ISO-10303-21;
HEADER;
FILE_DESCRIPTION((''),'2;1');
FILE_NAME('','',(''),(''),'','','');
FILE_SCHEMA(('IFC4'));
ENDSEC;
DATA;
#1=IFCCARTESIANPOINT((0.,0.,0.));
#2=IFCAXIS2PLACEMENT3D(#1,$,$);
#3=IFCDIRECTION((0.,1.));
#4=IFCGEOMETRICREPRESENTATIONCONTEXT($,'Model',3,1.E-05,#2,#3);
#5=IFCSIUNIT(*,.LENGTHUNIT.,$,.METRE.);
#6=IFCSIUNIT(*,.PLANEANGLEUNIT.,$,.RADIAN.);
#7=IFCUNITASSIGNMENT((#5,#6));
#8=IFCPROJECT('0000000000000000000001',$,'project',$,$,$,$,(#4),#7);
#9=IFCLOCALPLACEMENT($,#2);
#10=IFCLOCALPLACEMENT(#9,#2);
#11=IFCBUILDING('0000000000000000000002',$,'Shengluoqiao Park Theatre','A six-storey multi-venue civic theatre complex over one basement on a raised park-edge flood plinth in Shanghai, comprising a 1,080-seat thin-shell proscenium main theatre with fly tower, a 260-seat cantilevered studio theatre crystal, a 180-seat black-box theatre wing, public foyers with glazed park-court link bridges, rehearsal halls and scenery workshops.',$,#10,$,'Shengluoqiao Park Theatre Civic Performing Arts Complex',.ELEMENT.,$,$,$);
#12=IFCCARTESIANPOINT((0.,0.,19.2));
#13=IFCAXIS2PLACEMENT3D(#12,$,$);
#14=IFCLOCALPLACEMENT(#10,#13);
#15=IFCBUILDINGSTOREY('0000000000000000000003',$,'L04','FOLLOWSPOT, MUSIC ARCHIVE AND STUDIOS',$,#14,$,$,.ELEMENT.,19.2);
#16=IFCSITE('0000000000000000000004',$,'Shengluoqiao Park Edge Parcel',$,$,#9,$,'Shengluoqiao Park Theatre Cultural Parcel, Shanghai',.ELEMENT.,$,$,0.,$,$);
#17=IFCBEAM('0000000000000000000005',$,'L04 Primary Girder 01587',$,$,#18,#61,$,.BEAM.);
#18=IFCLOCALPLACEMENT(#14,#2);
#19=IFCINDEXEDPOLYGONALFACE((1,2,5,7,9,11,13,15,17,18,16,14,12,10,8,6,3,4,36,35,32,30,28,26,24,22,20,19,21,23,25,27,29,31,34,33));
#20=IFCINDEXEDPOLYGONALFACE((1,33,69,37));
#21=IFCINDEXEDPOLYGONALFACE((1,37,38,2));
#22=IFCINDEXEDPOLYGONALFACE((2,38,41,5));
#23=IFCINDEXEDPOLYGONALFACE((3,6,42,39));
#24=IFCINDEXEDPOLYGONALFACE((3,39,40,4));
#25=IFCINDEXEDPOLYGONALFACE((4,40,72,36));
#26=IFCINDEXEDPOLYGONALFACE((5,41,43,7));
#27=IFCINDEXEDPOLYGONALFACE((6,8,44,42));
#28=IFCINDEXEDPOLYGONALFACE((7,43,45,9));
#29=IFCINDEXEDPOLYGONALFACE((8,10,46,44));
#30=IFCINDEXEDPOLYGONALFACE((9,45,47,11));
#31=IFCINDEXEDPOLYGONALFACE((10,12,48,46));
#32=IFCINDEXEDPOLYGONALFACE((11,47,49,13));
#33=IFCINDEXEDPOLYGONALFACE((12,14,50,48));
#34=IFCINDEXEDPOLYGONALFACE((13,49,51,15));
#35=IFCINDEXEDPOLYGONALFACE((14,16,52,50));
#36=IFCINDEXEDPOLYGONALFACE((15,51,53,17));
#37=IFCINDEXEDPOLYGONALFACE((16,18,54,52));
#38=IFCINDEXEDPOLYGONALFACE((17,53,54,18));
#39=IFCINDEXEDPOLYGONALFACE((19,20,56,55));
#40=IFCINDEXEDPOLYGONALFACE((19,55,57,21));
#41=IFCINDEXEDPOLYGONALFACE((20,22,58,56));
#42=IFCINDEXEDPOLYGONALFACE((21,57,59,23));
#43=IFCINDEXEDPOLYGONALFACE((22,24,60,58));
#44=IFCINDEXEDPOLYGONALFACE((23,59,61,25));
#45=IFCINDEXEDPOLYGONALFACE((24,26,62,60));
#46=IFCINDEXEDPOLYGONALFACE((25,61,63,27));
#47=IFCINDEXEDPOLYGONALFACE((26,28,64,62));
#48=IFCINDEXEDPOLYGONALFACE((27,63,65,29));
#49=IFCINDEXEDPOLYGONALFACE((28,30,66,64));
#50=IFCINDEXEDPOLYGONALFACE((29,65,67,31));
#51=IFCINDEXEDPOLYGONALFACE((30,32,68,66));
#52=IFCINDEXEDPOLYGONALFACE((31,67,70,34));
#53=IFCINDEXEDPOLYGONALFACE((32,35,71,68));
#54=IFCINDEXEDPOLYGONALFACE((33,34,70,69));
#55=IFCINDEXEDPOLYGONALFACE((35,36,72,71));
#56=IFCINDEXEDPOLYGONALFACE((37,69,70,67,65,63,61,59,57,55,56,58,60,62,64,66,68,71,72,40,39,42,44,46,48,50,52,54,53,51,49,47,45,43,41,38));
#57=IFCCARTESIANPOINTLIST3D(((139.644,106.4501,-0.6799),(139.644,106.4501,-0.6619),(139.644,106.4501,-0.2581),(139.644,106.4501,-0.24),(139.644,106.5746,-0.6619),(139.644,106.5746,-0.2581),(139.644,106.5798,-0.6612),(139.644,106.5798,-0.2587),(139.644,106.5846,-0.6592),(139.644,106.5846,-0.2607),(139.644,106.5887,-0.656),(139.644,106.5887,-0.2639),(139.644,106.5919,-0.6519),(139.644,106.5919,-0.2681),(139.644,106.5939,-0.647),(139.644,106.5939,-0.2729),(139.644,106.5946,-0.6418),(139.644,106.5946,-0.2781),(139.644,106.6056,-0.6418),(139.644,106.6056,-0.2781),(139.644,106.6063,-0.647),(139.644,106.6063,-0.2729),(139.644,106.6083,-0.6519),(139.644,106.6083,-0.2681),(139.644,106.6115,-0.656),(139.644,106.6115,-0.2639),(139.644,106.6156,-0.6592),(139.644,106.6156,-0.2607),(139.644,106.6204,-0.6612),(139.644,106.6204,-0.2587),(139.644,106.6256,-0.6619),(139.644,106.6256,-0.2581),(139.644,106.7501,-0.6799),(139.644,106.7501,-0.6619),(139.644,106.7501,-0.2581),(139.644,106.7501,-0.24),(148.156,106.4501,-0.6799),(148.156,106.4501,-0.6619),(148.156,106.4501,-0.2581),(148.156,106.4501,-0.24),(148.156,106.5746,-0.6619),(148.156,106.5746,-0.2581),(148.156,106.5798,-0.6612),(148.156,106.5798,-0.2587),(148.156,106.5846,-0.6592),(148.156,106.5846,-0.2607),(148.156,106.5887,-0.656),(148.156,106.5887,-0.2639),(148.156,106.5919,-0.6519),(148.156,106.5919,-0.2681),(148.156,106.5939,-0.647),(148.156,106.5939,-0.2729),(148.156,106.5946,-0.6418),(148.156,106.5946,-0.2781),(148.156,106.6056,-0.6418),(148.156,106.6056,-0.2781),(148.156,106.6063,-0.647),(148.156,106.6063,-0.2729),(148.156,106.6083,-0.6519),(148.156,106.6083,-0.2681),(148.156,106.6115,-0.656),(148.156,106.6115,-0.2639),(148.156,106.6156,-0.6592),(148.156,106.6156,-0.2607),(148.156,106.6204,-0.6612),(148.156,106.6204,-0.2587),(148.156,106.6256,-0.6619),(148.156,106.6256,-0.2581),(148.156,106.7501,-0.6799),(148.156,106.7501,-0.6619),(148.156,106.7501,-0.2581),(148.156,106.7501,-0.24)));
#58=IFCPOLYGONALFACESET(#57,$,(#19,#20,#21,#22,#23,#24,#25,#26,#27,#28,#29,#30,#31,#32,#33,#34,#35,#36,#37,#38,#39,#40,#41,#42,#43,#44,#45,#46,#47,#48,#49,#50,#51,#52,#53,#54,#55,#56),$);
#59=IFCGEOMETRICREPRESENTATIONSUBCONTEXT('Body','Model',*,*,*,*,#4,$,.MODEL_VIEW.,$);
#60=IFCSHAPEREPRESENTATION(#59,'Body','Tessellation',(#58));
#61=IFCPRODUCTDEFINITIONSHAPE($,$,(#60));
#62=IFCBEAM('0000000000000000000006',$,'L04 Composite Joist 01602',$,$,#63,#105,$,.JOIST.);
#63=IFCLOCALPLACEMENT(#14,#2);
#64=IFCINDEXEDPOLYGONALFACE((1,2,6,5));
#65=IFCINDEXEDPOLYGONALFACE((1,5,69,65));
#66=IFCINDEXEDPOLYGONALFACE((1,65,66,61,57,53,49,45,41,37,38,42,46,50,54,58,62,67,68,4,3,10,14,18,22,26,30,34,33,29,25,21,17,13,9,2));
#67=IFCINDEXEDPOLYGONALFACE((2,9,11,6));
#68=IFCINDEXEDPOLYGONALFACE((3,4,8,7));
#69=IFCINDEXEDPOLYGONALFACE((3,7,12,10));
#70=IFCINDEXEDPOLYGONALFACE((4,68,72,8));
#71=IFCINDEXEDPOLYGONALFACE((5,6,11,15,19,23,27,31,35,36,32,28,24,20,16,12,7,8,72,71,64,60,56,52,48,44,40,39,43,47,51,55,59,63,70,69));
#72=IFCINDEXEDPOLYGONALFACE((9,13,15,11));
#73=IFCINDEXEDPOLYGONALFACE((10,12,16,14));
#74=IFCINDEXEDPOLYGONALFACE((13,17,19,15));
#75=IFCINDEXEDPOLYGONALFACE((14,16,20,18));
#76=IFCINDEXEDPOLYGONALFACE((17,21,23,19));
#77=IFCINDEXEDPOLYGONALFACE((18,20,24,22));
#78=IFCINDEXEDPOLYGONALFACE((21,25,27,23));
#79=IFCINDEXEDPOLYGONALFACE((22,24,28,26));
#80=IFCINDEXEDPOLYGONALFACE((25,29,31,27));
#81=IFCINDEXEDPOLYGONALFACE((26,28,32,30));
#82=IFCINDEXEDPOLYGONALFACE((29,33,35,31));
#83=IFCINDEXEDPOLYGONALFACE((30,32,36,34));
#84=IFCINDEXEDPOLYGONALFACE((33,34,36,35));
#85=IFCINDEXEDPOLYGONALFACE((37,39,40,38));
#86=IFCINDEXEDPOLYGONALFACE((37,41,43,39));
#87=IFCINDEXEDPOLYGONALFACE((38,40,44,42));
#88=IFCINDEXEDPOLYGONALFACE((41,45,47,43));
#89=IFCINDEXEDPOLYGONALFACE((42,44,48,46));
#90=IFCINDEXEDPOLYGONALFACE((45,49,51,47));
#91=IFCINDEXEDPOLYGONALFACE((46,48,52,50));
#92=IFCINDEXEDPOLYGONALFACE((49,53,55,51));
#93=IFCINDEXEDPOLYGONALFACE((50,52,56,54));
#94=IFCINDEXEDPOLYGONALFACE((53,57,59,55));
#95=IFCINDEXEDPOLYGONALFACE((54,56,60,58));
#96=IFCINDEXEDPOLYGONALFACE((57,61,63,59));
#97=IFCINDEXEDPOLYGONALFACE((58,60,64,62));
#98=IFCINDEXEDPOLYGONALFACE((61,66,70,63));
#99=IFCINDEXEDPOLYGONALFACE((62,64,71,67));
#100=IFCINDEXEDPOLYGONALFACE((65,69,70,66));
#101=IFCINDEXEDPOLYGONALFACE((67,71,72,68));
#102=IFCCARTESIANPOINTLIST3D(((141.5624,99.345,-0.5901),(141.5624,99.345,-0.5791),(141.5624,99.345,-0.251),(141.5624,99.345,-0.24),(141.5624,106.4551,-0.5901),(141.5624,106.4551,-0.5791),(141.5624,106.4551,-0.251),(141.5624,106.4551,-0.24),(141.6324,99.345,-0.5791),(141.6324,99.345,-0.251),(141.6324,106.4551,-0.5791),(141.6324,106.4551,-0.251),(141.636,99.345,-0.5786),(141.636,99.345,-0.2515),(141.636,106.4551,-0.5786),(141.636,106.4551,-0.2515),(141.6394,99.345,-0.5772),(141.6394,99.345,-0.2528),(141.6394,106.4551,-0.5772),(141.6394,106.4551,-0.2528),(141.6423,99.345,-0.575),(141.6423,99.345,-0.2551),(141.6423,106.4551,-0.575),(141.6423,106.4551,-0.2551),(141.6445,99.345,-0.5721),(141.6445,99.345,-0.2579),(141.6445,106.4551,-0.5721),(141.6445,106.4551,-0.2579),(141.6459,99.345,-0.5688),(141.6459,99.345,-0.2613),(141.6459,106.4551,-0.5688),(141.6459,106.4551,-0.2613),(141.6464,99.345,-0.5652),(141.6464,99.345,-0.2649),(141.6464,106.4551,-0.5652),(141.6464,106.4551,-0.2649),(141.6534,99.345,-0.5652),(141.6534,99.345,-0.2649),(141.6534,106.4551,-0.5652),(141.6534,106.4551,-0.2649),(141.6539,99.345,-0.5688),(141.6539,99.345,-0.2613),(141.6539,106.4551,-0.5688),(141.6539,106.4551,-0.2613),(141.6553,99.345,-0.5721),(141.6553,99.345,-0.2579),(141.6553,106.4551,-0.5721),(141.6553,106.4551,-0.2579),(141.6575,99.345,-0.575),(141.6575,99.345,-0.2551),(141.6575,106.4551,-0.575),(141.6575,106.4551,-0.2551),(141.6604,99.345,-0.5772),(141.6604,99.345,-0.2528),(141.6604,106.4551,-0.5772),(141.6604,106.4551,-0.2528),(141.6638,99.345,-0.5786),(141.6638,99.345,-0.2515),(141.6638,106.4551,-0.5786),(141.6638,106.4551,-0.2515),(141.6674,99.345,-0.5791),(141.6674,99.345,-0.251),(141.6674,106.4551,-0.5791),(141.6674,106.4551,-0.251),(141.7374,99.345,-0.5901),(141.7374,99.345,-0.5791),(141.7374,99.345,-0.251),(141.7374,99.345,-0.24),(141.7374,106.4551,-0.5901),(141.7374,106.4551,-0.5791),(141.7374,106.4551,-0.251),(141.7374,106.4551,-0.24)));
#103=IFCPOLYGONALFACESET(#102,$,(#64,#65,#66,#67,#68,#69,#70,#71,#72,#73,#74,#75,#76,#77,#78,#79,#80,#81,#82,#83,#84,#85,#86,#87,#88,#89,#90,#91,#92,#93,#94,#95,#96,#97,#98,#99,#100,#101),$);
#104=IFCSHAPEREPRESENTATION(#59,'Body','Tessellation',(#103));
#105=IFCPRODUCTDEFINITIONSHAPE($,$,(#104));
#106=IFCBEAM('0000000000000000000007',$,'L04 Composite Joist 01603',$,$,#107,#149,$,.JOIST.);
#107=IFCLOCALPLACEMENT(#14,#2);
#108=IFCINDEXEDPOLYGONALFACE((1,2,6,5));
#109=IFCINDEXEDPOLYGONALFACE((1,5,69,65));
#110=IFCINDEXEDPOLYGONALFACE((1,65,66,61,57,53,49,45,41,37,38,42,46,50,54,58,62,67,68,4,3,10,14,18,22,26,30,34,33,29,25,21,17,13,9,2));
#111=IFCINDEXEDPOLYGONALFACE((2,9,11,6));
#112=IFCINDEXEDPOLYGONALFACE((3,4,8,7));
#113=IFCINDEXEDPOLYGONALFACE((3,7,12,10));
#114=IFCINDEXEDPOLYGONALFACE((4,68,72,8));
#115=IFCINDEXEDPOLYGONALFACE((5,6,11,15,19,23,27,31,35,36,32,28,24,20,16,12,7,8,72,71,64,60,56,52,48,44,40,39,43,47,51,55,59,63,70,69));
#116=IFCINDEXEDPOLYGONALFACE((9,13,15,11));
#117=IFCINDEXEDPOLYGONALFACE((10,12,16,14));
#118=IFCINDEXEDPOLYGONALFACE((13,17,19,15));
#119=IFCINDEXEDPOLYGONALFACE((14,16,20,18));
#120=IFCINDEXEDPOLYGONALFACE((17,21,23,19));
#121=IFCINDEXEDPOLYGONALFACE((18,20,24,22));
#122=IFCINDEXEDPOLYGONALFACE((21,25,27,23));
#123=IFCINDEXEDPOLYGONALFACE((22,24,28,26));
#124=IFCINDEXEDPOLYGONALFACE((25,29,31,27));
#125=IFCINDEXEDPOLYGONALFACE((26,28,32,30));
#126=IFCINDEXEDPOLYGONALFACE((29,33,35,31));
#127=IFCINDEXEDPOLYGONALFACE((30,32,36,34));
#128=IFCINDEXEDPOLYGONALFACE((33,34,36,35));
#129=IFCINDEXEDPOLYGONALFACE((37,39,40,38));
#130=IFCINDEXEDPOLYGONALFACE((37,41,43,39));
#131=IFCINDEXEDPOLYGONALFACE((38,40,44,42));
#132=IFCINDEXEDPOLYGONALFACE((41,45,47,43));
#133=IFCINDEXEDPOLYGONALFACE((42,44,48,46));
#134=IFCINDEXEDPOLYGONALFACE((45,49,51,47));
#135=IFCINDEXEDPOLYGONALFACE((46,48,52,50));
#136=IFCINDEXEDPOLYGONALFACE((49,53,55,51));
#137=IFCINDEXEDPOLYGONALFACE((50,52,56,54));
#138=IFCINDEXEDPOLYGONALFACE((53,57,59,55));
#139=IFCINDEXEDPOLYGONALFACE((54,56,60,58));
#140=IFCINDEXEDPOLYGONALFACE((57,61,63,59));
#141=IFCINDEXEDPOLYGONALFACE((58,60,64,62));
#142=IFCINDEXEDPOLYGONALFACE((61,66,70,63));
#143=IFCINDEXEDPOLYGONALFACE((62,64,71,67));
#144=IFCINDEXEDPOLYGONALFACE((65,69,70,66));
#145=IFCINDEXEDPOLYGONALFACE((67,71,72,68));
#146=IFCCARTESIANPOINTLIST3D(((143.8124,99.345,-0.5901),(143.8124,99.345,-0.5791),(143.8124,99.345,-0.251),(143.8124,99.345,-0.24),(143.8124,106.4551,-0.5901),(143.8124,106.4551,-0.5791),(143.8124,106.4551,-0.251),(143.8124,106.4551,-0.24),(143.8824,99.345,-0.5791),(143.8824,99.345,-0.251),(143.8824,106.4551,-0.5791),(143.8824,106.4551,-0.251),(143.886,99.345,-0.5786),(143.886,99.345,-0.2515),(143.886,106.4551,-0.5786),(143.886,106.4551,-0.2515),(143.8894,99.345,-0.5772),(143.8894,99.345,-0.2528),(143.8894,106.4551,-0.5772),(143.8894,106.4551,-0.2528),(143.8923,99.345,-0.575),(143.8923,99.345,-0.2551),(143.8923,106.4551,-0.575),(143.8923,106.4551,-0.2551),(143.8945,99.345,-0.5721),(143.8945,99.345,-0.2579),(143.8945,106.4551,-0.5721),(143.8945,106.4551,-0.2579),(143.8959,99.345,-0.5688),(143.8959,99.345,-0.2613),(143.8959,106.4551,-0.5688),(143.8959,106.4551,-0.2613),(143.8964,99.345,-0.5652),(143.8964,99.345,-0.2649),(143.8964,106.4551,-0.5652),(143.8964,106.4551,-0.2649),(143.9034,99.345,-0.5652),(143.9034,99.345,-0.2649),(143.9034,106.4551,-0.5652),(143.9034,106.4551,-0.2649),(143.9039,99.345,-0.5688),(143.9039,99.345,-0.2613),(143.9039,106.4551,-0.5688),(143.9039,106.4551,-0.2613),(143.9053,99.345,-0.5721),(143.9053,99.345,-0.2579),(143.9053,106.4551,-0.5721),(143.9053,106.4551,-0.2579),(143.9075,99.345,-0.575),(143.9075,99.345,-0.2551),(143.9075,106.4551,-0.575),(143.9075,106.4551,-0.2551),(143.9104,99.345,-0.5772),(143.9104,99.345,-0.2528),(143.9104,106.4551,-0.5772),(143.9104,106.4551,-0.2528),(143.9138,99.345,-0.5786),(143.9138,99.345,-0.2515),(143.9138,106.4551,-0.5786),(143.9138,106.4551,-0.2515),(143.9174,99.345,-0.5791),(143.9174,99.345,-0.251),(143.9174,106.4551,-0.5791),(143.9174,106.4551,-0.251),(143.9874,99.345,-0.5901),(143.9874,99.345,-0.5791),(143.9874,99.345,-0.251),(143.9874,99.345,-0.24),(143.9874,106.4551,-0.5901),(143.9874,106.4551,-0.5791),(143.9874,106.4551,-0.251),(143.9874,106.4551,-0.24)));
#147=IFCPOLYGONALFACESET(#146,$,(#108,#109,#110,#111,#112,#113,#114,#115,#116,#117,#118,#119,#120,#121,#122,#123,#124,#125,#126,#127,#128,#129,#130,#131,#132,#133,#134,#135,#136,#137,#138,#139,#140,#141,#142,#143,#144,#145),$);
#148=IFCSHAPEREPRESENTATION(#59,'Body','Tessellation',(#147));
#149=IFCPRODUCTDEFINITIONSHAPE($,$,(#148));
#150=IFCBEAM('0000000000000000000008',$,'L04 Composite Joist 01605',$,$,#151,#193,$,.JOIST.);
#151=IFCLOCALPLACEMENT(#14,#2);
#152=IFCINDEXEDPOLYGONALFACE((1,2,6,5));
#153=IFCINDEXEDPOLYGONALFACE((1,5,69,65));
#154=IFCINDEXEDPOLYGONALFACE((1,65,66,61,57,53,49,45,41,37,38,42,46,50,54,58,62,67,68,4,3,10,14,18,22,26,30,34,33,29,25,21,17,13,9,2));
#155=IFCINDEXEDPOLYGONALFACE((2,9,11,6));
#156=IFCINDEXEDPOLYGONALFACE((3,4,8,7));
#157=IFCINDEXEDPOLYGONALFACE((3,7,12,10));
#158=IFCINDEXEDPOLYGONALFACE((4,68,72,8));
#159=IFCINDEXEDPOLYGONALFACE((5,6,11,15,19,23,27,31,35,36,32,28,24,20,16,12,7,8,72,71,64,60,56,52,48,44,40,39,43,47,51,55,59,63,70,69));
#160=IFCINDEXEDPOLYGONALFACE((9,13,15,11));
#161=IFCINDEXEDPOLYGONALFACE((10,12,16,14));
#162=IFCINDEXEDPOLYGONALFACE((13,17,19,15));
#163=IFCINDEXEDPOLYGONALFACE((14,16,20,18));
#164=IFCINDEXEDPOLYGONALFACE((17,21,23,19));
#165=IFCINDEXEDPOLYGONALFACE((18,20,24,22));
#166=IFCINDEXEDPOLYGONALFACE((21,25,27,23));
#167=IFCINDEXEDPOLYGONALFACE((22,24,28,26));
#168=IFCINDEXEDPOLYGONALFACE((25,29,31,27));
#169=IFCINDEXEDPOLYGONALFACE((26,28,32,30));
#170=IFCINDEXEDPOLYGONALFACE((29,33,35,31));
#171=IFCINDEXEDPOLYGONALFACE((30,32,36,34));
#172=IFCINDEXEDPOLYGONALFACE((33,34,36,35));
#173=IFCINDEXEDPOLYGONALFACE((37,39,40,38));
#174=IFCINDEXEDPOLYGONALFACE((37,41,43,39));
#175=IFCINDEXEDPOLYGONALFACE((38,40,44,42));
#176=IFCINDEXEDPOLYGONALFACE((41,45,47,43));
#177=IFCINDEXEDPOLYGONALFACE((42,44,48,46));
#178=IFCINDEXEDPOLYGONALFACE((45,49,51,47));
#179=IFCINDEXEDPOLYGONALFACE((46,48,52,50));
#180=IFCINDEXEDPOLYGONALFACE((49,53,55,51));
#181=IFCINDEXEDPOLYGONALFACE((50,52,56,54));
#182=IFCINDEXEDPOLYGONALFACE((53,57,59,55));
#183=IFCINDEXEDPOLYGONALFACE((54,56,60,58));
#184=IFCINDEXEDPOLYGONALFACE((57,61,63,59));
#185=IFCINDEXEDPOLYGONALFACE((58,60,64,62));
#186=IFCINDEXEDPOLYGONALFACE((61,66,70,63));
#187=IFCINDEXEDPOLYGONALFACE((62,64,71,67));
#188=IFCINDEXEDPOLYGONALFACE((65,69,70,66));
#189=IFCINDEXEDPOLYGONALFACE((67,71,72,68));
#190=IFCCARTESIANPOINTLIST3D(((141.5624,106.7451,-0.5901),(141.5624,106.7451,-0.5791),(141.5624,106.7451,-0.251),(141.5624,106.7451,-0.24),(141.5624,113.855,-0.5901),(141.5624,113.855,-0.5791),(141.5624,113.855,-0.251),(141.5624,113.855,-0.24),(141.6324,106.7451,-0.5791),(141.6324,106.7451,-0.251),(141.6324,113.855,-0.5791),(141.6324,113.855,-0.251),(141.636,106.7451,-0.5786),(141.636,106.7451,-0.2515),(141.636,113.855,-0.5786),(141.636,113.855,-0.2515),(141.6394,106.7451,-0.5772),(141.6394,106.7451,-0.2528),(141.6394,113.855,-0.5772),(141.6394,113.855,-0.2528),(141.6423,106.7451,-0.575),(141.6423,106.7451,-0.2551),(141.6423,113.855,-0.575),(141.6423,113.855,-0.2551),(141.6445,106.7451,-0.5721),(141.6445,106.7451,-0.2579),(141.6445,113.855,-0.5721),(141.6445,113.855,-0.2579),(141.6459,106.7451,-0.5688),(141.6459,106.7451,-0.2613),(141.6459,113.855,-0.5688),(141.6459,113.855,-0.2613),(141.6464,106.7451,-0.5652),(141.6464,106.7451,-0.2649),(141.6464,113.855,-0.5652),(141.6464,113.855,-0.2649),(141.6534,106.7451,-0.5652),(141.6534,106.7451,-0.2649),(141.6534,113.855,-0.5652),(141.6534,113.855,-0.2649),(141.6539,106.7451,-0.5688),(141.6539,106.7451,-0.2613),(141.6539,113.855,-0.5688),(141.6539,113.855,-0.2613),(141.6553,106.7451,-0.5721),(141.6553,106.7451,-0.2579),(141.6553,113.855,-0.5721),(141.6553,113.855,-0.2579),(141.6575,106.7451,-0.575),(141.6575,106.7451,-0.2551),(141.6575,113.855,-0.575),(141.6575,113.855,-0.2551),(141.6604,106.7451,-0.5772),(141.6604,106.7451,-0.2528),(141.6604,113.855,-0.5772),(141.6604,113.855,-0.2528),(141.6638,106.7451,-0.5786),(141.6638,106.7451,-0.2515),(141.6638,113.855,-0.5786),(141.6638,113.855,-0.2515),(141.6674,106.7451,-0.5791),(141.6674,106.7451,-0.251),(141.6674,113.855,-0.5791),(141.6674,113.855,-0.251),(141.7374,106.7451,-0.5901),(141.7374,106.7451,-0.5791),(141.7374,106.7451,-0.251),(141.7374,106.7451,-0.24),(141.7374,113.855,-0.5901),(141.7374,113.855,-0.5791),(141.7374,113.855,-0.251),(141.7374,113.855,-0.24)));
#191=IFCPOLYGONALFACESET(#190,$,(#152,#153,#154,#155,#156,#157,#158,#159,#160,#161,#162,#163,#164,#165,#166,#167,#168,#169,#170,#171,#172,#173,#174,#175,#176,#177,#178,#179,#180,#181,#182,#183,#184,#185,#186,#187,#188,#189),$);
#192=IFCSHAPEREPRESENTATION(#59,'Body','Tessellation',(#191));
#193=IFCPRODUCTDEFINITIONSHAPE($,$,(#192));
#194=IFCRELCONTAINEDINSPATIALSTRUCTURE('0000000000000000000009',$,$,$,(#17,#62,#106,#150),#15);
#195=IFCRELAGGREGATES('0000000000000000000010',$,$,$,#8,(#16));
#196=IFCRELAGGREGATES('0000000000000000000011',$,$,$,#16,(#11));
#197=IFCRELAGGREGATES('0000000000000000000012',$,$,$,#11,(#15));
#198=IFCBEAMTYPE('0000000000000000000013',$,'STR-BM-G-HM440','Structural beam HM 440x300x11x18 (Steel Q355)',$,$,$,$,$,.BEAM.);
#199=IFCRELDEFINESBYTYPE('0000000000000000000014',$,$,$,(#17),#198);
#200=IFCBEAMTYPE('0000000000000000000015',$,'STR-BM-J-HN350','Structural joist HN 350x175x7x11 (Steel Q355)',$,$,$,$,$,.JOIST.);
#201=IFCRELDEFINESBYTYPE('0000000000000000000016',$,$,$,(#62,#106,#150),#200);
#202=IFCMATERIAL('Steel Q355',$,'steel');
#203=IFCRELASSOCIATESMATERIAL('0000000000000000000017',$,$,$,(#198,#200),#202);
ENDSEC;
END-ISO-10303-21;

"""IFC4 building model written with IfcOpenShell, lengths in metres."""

from ifc_helpers import new_model, si_unit, direction, frame, origin, origin_2d, place, context, subcontext, project, spatial, i_section, extrude, material, material_profile, profile_set, type_object, element, save


model = new_model("IFC4")

# Units and contexts
model_context = context("Model", 3, precision=1e-05, world=origin(), true_north=direction((0.0, 1.0)))
body_context = subcontext(model_context, "Body", "Model", "MODEL_VIEW")
ifc_project = project(units=[si_unit("LENGTHUNIT", "METRE"), si_unit("PLANEANGLEUNIT", "RADIAN")], contexts=[model_context])

# Site, building, storey
site_placement = place(None, origin())
site = spatial("IfcSite", under=ifc_project, at=site_placement, Name="Shengluoqiao Park Edge Parcel", LongName="Shengluoqiao Park Theatre Cultural Parcel, Shanghai", CompositionType="ELEMENT", RefElevation=0.0)
building_placement = place(site_placement, origin())
building = spatial("IfcBuilding", under=site, at=building_placement, Name="Shengluoqiao Park Theatre", Description="A six-storey multi-venue civic theatre complex over one basement on a raised park-edge flood plinth in Shanghai, comprising a 1,080-seat thin-shell proscenium main theatre with fly tower, a 260-seat cantilevered studio theatre crystal, a 180-seat black-box theatre wing, public foyers with glazed park-court link bridges, rehearsal halls and scenery workshops.", LongName="Shengluoqiao Park Theatre Civic Performing Arts Complex", CompositionType="ELEMENT")
storey_placement = place(building_placement, frame((0.0, 0.0, 19.2)))
storey = spatial("IfcBuildingStorey", under=building, at=storey_placement, Name="L04", Description="FOLLOWSPOT, MUSIC ARCHIVE AND STUDIOS", CompositionType="ELEMENT", Elevation=19.2)

# Shared definitions
ifc_material_1 = material(Name="Steel Q355", Category="steel")

# Beams
ifc_material_profile_1 = material_profile(ifc_material_1, i_section(OverallWidth=0.3, OverallDepth=0.4399, WebThickness=0.011, FlangeThickness=0.0181, FilletRadius=0.02, at=origin_2d()), Name="HM 440x300x11x18")
ifc_profile_set_1 = profile_set([ifc_material_profile_1], Name="Steel Q355")
beam_type_1 = type_object("IfcBeamType", Name="STR-BM-G-HM440", Description="Structural beam HM 440x300x11x18 (Steel Q355)", PredefinedType="BEAM", material=ifc_profile_set_1)
for number, where, z_axis, x_axis, name in (
    (1, (139.644, 106.6001, -0.46), (1.0, 0.0, 0.0), (0.0, 1.0, 0.0), "L04 Primary Girder 01587"),
):
    element("IfcBeam", number, at=place(storey_placement, frame(where, z_axis=z_axis, x_axis=x_axis)), inside=storey, type_object=beam_type_1, Name=name, PredefinedType="BEAM", context=body_context, shape_type="SweptSolid", body=[
        extrude(i_section(OverallWidth=0.3, OverallDepth=0.4399, WebThickness=0.011, FlangeThickness=0.0181, FilletRadius=0.02, at=origin_2d()), origin(), (0.0, 0.0, 1.0), 8.512),
    ])
ifc_material_profile_2 = material_profile(ifc_material_1, i_section(OverallWidth=0.175, OverallDepth=0.3501, WebThickness=0.0071, FlangeThickness=0.011, FilletRadius=0.0139, at=origin_2d()), Name="HN 350x175x7x11")
ifc_profile_set_2 = profile_set([ifc_material_profile_2], Name="Steel Q355")
beam_type_2 = type_object("IfcBeamType", Name="STR-BM-J-HN350", Description="Structural joist HN 350x175x7x11 (Steel Q355)", PredefinedType="JOIST", material=ifc_profile_set_2)
for number, where, z_axis, x_axis, name in (
    (2, (141.6499, 99.345, -0.415), (0.0, 1.0, 0.0), (-1.0, 0.0, 0.0), "L04 Composite Joist 01602"),
    (3, (143.8999, 99.345, -0.415), (0.0, 1.0, 0.0), (-1.0, 0.0, 0.0), "L04 Composite Joist 01603"),
):
    element("IfcBeam", number, at=place(storey_placement, frame(where, z_axis=z_axis, x_axis=x_axis)), inside=storey, type_object=beam_type_2, Name=name, PredefinedType="JOIST", context=body_context, shape_type="SweptSolid", body=[
        extrude(i_section(OverallWidth=0.175, OverallDepth=0.3501, WebThickness=0.0071, FlangeThickness=0.011, FilletRadius=0.0139, at=origin_2d()), origin(), (0.0, 0.0, 1.0), 7.1101),
    ])
for number, where, z_axis, x_axis, name in (
    (4, (141.6499, 106.7451, -0.415), (0.0, 1.0, 0.0), (-1.0, 0.0, 0.0), "L04 Composite Joist 01605"),
):
    element("IfcBeam", number, at=place(storey_placement, frame(where, z_axis=z_axis, x_axis=x_axis)), inside=storey, type_object=beam_type_2, Name=name, PredefinedType="JOIST", context=body_context, shape_type="SweptSolid", body=[
        extrude(i_section(OverallWidth=0.175, OverallDepth=0.3501, WebThickness=0.0071, FlangeThickness=0.011, FilletRadius=0.0139, at=origin_2d()), origin(), (0.0, 0.0, 1.0), 7.1099),
    ])

save(model, "model.ifc")
